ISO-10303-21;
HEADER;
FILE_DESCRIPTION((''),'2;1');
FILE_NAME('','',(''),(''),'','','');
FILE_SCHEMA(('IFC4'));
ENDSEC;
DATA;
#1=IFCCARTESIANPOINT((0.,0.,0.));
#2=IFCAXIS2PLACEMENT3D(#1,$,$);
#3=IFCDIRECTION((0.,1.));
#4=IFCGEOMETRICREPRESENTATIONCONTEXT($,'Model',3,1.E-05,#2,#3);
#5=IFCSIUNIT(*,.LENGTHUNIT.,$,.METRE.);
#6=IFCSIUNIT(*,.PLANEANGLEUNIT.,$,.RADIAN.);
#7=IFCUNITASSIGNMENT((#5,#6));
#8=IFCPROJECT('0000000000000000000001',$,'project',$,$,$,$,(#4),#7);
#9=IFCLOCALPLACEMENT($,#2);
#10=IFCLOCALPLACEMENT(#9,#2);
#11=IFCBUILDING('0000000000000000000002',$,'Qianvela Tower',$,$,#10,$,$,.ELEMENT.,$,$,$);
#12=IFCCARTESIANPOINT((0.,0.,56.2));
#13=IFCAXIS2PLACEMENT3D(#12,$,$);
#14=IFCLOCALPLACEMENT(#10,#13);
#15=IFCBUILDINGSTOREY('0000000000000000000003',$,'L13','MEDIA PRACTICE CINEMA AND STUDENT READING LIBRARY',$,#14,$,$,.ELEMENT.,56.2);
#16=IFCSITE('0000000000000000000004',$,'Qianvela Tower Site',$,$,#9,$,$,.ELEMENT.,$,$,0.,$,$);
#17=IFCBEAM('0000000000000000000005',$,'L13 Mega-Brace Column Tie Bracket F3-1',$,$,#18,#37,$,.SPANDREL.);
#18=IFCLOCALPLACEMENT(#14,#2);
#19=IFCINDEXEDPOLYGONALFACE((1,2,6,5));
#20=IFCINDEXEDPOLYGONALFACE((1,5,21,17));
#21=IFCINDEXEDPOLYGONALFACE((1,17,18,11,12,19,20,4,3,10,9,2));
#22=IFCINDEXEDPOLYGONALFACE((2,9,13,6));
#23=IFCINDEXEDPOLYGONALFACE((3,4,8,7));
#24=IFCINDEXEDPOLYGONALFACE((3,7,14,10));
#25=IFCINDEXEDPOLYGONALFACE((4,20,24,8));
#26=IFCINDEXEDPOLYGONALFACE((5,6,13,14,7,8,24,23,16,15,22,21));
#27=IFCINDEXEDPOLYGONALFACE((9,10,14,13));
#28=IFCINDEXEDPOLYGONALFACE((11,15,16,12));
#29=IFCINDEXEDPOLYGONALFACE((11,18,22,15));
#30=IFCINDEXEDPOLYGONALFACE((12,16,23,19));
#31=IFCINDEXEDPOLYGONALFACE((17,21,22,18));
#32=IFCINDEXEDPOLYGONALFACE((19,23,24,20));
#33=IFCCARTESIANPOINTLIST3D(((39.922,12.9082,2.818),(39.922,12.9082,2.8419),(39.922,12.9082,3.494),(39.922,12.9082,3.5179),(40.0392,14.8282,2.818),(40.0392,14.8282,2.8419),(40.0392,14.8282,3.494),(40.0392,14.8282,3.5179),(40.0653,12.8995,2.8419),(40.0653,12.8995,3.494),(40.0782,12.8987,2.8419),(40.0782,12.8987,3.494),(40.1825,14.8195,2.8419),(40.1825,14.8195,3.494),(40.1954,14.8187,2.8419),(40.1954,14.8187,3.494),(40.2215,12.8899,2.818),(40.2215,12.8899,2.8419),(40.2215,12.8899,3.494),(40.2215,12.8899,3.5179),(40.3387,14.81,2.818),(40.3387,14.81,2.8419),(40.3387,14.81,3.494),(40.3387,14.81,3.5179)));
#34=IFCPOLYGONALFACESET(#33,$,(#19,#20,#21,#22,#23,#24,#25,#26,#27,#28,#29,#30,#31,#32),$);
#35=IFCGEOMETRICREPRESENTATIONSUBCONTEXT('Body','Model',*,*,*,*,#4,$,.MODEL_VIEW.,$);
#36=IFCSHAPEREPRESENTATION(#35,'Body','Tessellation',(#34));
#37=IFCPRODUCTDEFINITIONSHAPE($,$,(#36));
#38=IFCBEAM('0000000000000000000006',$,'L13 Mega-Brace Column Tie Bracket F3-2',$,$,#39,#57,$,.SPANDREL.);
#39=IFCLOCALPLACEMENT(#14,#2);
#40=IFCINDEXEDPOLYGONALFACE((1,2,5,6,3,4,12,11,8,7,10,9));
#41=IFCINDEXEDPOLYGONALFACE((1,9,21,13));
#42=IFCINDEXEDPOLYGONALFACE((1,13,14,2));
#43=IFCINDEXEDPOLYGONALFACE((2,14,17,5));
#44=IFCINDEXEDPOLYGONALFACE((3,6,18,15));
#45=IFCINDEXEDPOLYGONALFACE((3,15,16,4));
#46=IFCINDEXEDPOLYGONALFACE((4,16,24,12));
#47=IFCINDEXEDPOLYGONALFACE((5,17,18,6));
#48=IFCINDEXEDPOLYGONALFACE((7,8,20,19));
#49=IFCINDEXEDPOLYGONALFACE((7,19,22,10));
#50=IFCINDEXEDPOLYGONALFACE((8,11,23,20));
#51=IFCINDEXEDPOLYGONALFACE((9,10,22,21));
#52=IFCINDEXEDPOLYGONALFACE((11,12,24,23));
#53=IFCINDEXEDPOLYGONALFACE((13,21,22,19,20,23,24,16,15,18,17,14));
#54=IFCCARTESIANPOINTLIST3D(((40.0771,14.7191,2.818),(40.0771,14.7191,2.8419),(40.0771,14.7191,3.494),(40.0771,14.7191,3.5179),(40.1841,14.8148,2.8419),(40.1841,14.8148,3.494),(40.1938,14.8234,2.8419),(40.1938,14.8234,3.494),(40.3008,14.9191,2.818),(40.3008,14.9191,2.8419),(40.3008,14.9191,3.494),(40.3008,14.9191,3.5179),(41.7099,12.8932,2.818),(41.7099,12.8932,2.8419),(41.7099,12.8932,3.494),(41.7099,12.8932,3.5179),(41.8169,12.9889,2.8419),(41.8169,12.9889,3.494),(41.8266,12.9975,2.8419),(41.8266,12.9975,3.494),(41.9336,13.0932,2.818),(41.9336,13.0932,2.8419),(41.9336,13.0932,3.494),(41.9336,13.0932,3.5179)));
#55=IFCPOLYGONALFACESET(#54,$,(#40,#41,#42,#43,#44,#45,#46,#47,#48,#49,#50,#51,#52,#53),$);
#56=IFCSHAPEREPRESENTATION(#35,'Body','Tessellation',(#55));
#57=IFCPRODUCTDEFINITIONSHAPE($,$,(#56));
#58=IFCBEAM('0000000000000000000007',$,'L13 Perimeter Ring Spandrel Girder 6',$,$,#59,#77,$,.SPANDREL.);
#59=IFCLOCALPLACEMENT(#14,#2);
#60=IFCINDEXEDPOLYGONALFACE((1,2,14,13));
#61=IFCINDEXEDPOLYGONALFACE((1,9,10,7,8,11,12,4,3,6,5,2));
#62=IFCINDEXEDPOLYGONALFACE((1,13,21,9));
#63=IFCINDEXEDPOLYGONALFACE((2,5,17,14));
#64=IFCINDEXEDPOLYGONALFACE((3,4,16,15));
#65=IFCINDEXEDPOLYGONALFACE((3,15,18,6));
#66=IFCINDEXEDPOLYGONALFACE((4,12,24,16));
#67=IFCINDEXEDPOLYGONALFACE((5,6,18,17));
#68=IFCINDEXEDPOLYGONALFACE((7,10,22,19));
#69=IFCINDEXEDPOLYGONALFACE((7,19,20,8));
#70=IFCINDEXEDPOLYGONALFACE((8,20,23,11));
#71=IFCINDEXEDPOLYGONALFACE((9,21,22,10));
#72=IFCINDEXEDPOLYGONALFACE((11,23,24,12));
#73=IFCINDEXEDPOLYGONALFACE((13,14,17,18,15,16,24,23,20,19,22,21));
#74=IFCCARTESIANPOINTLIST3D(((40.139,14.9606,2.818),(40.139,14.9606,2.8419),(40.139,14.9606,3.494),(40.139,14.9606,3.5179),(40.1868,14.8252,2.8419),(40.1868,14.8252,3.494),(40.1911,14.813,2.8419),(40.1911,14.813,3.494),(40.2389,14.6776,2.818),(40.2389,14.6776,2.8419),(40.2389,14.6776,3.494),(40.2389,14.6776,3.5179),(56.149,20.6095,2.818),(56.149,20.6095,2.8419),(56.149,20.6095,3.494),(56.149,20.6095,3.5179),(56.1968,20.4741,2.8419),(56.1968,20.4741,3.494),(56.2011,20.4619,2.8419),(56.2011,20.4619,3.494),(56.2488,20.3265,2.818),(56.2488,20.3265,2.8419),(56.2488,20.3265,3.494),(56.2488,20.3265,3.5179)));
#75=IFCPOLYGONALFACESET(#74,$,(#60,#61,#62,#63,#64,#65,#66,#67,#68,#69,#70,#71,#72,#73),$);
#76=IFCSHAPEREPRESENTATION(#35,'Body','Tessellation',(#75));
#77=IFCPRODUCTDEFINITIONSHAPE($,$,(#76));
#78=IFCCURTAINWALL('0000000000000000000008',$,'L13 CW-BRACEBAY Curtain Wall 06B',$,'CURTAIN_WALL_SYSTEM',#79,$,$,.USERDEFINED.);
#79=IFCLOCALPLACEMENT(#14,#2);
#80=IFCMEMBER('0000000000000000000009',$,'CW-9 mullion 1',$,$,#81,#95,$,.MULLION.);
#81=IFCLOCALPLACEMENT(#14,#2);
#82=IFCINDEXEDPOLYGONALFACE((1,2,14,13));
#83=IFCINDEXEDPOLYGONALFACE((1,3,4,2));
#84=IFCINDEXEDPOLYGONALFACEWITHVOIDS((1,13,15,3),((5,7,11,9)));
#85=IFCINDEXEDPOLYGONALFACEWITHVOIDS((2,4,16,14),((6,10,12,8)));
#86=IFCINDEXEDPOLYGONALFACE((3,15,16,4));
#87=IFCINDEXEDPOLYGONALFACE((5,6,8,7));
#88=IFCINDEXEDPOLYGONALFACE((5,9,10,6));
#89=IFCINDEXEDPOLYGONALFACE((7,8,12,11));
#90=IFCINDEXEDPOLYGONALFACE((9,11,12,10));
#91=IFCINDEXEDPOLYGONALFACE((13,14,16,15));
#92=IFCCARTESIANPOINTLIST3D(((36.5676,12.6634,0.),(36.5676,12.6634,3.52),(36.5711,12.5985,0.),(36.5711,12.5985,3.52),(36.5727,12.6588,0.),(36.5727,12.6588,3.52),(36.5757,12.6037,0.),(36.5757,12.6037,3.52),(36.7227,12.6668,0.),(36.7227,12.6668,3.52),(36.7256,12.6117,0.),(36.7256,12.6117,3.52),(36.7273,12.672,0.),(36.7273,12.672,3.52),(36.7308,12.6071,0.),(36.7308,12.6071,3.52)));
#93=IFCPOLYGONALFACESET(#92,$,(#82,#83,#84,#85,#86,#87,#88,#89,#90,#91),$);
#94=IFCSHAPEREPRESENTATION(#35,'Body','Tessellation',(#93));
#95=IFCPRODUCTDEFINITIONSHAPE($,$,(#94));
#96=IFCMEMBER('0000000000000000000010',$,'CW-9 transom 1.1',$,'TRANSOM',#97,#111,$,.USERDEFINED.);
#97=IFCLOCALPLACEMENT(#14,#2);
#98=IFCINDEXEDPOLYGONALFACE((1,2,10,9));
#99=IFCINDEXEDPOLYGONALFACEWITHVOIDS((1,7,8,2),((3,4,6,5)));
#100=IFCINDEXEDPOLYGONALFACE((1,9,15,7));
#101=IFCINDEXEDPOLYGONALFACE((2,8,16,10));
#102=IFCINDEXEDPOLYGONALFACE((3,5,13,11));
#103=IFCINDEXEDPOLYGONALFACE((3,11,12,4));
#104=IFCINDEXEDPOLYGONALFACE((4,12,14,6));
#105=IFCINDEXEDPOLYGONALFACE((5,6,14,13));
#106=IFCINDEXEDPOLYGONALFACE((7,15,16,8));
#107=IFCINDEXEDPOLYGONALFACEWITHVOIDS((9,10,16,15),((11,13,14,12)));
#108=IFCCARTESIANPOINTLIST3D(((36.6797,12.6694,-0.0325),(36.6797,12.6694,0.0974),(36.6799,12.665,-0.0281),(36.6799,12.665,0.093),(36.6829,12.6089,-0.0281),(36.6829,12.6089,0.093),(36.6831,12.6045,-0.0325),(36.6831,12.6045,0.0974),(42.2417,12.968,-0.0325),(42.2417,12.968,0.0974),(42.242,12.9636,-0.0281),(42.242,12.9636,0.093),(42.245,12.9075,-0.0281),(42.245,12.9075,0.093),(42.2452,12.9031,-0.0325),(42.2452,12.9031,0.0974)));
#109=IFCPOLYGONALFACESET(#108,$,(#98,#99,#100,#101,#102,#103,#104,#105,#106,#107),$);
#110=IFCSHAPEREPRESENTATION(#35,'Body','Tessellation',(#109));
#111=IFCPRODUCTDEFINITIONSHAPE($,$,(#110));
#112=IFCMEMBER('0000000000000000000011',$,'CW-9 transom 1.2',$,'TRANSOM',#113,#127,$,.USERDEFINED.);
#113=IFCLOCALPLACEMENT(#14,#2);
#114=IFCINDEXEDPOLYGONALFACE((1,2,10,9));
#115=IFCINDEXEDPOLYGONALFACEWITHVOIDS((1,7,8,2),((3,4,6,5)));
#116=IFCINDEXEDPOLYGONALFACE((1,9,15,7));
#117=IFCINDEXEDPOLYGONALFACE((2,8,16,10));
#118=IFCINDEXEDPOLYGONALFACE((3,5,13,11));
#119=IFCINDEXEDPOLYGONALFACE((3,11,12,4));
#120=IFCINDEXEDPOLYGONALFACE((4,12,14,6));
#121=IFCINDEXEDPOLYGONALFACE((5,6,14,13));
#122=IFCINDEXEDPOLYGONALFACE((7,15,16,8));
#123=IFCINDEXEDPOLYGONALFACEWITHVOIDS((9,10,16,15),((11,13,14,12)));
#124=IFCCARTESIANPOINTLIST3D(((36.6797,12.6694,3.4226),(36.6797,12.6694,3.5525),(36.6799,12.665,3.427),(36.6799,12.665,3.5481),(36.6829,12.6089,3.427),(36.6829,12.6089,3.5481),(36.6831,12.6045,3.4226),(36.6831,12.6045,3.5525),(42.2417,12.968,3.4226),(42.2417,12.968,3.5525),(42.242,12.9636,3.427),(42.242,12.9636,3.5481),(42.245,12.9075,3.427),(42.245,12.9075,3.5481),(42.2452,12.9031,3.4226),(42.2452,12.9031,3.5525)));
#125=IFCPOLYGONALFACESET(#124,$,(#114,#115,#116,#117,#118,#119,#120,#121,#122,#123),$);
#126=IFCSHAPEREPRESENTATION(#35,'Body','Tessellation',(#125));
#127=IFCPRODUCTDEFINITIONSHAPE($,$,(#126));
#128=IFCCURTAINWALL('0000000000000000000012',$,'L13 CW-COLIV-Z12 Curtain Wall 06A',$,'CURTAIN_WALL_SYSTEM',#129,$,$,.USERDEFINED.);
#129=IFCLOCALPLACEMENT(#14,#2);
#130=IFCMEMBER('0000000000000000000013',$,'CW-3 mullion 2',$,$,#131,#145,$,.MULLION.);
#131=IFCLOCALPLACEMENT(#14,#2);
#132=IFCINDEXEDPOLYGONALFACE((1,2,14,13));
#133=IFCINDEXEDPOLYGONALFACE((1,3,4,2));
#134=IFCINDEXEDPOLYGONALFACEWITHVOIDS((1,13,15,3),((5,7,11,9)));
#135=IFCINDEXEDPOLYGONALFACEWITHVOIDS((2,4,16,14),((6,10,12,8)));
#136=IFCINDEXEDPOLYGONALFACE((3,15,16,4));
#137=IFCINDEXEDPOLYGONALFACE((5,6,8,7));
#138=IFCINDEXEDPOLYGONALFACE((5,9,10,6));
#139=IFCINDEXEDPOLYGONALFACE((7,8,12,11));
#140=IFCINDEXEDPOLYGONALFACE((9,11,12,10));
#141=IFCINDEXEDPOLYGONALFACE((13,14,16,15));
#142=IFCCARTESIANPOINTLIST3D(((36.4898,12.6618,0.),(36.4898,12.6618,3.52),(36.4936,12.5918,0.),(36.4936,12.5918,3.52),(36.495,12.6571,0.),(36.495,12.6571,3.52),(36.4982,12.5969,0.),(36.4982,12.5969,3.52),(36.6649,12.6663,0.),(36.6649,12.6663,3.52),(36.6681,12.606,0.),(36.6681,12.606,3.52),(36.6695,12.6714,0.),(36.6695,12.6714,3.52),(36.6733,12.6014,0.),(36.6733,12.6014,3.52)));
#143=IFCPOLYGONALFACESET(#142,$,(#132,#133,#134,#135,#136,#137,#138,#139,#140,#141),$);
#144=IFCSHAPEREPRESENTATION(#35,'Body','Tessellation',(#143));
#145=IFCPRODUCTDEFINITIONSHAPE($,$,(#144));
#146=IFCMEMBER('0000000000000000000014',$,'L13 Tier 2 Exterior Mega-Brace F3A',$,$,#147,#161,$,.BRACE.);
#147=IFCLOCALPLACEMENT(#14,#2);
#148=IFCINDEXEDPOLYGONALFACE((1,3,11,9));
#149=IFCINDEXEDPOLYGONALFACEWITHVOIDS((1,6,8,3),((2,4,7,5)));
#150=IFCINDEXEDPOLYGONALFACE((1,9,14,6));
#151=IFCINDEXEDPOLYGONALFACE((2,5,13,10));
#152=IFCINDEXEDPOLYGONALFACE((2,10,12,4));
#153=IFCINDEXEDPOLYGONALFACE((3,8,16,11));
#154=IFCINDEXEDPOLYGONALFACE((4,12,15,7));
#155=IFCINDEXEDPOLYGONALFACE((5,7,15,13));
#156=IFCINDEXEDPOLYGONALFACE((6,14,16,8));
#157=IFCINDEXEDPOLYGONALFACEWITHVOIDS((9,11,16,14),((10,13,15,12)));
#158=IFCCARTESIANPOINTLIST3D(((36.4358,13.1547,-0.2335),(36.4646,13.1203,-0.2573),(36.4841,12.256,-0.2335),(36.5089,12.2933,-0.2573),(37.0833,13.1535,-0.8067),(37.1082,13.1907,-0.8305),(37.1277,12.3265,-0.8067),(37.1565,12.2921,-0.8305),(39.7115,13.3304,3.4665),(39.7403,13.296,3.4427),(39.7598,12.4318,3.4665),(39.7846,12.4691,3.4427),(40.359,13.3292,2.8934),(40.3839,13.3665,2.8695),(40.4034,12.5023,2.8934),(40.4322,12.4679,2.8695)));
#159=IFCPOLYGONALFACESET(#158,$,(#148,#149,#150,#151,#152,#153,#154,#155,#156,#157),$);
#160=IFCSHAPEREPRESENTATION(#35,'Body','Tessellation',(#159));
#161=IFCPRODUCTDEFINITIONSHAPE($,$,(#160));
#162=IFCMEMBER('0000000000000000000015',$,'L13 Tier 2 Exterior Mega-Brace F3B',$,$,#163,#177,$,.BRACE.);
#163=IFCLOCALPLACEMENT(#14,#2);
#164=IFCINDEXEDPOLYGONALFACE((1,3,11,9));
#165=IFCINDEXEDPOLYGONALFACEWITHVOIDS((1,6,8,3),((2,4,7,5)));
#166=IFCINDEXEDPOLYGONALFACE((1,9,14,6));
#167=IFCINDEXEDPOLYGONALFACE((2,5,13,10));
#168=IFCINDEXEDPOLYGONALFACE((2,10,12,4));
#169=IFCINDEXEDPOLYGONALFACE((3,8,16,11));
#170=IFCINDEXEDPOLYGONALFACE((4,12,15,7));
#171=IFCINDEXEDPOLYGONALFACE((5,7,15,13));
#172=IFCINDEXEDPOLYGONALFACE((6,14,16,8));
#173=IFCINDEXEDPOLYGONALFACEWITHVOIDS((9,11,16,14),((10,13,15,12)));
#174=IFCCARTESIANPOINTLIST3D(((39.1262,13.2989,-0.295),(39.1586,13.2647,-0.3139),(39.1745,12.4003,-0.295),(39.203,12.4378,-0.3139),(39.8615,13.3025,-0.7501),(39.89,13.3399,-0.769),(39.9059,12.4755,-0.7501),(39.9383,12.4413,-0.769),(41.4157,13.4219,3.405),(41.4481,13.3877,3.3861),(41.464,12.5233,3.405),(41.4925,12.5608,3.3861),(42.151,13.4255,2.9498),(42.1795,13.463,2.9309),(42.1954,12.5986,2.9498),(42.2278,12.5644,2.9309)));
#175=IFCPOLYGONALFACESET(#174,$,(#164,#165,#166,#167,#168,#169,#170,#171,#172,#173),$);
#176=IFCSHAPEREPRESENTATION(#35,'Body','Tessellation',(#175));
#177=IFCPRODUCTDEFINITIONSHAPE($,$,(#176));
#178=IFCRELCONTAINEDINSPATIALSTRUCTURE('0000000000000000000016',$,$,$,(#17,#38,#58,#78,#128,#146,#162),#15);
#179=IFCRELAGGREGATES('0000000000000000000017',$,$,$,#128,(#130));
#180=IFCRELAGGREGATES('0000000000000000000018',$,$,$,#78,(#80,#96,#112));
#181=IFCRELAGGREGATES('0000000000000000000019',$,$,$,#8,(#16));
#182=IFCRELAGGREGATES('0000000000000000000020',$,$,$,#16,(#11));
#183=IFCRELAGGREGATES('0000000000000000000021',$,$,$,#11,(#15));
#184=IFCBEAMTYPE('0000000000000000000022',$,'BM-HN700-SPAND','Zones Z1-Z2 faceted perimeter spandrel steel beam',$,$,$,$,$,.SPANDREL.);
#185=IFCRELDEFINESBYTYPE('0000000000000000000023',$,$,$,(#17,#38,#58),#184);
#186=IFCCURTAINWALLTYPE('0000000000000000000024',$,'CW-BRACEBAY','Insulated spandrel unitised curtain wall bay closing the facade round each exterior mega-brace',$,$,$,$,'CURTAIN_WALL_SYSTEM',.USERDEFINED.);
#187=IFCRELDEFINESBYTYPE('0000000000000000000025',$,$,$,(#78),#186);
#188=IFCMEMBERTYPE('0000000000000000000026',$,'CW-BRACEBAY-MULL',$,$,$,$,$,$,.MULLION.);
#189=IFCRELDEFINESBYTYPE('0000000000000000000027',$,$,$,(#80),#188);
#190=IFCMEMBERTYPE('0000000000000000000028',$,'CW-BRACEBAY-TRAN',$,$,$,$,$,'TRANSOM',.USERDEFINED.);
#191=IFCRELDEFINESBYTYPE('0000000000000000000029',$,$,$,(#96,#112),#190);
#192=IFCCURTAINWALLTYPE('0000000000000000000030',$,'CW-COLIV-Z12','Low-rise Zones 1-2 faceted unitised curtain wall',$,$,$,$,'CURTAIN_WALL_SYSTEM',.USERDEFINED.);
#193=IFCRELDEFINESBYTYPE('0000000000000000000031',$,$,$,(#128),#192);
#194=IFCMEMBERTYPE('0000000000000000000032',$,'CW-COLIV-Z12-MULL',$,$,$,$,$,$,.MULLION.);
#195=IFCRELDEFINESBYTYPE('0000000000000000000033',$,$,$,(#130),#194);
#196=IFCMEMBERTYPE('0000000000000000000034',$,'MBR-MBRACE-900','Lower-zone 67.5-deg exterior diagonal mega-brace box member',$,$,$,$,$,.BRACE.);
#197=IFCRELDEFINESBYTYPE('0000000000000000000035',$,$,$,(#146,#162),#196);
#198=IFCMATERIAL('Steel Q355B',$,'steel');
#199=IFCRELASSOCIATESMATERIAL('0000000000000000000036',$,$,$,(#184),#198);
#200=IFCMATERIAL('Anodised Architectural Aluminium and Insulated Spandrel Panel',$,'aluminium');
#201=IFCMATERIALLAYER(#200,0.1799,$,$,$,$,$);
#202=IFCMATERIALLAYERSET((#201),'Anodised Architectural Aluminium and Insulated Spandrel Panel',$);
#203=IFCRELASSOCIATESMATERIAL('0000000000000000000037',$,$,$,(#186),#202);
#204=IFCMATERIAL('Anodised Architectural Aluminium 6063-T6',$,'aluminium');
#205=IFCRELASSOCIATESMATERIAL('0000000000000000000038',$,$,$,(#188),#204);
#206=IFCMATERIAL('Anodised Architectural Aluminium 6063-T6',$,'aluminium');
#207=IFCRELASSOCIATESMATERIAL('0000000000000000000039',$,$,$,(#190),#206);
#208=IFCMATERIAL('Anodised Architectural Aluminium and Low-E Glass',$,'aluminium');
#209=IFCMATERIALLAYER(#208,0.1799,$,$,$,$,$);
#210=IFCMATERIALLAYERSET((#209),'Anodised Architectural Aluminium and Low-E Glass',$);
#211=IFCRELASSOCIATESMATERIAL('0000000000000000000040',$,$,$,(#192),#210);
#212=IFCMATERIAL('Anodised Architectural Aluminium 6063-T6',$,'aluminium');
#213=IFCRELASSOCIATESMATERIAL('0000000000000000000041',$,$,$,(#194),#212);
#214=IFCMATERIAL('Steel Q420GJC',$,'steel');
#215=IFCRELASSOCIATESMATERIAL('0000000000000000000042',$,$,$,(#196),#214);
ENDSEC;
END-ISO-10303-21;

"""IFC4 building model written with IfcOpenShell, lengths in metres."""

from ifc_helpers import new_model, si_unit, direction, frame, origin, origin_2d, place, context, subcontext, project, spatial, hollow_rectangle, i_section, extrude, material, layer, layer_set, material_profile, profile_set, type_object, element, aggregate, save


model = new_model("IFC4")

# Units and contexts
model_context = context("Model", 3, precision=1e-05, world=origin(), true_north=direction((0.0, 1.0)))
body_context = subcontext(model_context, "Body", "Model", "MODEL_VIEW")
ifc_project = project(units=[si_unit("LENGTHUNIT", "METRE"), si_unit("PLANEANGLEUNIT", "RADIAN")], contexts=[model_context])

# Site, building, storey
site_placement = place(None, origin())
site = spatial("IfcSite", under=ifc_project, at=site_placement, Name="Qianvela Tower Site", CompositionType="ELEMENT", RefElevation=0.0)
building_placement = place(site_placement, origin())
building = spatial("IfcBuilding", under=site, at=building_placement, Name="Qianvela Tower", CompositionType="ELEMENT")
storey_placement = place(building_placement, frame((0.0, 0.0, 56.2)))
storey = spatial("IfcBuildingStorey", under=building, at=storey_placement, Name="L13", Description="MEDIA PRACTICE CINEMA AND STUDENT READING LIBRARY", CompositionType="ELEMENT", Elevation=56.2)

# Beams
ifc_material_1 = material(Name="Steel Q355B", Category="steel")
ifc_material_profile_1 = material_profile(ifc_material_1, i_section(OverallWidth=0.3, OverallDepth=0.7, WebThickness=0.0129, FlangeThickness=0.0239, at=origin_2d()), Name="HN700x300x13x24")
ifc_profile_set_1 = profile_set([ifc_material_profile_1], Name="Steel Q355B")
beam_type_1 = type_object("IfcBeamType", Name="BM-HN700-SPAND", Description="Zones Z1-Z2 faceted perimeter spandrel steel beam", PredefinedType="SPANDREL", material=ifc_profile_set_1)
beam_1_placement = place(storey_placement, frame((40.189, 14.8191, 3.168), z_axis=(-0.060924, -0.998142, 0.0), x_axis=(0.998142, -0.060924, 0.0)))
element("IfcBeam", 1, at=beam_1_placement, inside=storey, type_object=beam_type_1, Name="L13 Mega-Brace Column Tie Bracket F3-1", PredefinedType="SPANDREL", context=body_context, shape_type="SweptSolid", body=[
    extrude(i_section(OverallWidth=0.3, OverallDepth=0.7, WebThickness=0.0129, FlangeThickness=0.0239, at=origin_2d()), origin(), (0.0, 0.0, 1.0), 1.9236),
])
beam_2_placement = place(storey_placement, frame((40.189, 14.8191, 3.168), z_axis=(0.666588, -0.745426, 0.0), x_axis=(0.745426, 0.666588, 0.0)))
element("IfcBeam", 2, at=beam_2_placement, inside=storey, type_object=beam_type_1, Name="L13 Mega-Brace Column Tie Bracket F3-2", PredefinedType="SPANDREL", context=body_context, shape_type="SweptSolid", body=[
    extrude(i_section(OverallWidth=0.3, OverallDepth=0.7, WebThickness=0.0129, FlangeThickness=0.0239, at=origin_2d()), origin(), (0.0, 0.0, 1.0), 2.4495),
])
beam_3_placement = place(storey_placement, frame((40.189, 14.8191, 3.168), z_axis=(0.943021, 0.332733, 0.0), x_axis=(-0.332733, 0.943021, 0.0)))
element("IfcBeam", 3, at=beam_3_placement, inside=storey, type_object=beam_type_1, Name="L13 Perimeter Ring Spandrel Girder 6", PredefinedType="SPANDREL", context=body_context, shape_type="SweptSolid", body=[
    extrude(i_section(OverallWidth=0.3, OverallDepth=0.7, WebThickness=0.0129, FlangeThickness=0.0239, at=origin_2d()), origin(), (0.0, 0.0, 1.0), 16.9773),
])

# Curtain wall, members
ifc_material_2 = material(Name="Anodised Architectural Aluminium and Insulated Spandrel Panel", Category="aluminium")
ifc_layer_1 = layer(ifc_material_2, 0.1799)
ifc_layer_set_1 = layer_set([ifc_layer_1], Name="Anodised Architectural Aluminium and Insulated Spandrel Panel")
curtain_wall_type_1 = type_object("IfcCurtainWallType", Name="CW-BRACEBAY", Description="Insulated spandrel unitised curtain wall bay closing the facade round each exterior mega-brace", ElementType="CURTAIN_WALL_SYSTEM", PredefinedType="USERDEFINED", material=ifc_layer_set_1)
curtain_wall_1_placement = place(storey_placement, origin())
curtain_wall_1 = element("IfcCurtainWall", 4, at=curtain_wall_1_placement, inside=storey, type_object=curtain_wall_type_1, Name="L13 CW-BRACEBAY Curtain Wall 06B", ObjectType="CURTAIN_WALL_SYSTEM", PredefinedType="USERDEFINED")
ifc_material_3 = material(Name="Anodised Architectural Aluminium 6063-T6", Category="aluminium")
ifc_material_profile_2 = material_profile(ifc_material_3, hollow_rectangle(XDim=0.0649, YDim=0.1599, WallThickness=0.0049, at=origin_2d()), Name="ALU-MULL-65x160")
ifc_profile_set_2 = profile_set([ifc_material_profile_2], Name="Anodised Architectural Aluminium 6063-T6")
member_type_1 = type_object("IfcMemberType", Name="CW-BRACEBAY-MULL", PredefinedType="MULLION", material=ifc_profile_set_2)
member_1_placement = place(storey_placement, frame((36.6492, 12.6353, 0.0), z_axis=(0.0, 0.0, 1.0), x_axis=(-0.053614, 0.998562, 0.0)))
member_1 = element("IfcMember", 5, at=member_1_placement, type_object=member_type_1, Name="CW-9 mullion 1", PredefinedType="MULLION", context=body_context, shape_type="SweptSolid", body=[
    extrude(hollow_rectangle(XDim=0.0649, YDim=0.1599, WallThickness=0.0049, at=origin_2d()), origin(), (0.0, 0.0, 1.0), 3.52),
])
ifc_material_4 = material(Name="Anodised Architectural Aluminium 6063-T6", Category="aluminium")
ifc_material_profile_3 = material_profile(ifc_material_4, hollow_rectangle(XDim=0.0649, YDim=0.1299, WallThickness=0.0044, at=origin_2d()), Name="ALU-TRAN-65x130")
ifc_profile_set_3 = profile_set([ifc_material_profile_3], Name="Anodised Architectural Aluminium 6063-T6")
member_type_2 = type_object("IfcMemberType", Name="CW-BRACEBAY-TRAN", ElementType="TRANSOM", PredefinedType="USERDEFINED", material=ifc_profile_set_3)
member_2_placement = place(storey_placement, frame((36.6814, 12.637, 0.0325), z_axis=(0.998562, 0.053606, 0.0), x_axis=(-0.053606, 0.998562, 0.0)))
member_2 = element("IfcMember", 6, at=member_2_placement, type_object=member_type_2, Name="CW-9 transom 1.1", ObjectType="TRANSOM", PredefinedType="USERDEFINED", context=body_context, shape_type="SweptSolid", body=[
    extrude(hollow_rectangle(XDim=0.0649, YDim=0.1299, WallThickness=0.0044, at=origin_2d()), origin(), (0.0, 0.0, 1.0), 5.5701),
])
member_3_placement = place(storey_placement, frame((36.6814, 12.637, 3.4875), z_axis=(0.998562, 0.053606, 0.0), x_axis=(-0.053606, 0.998562, 0.0)))
member_3 = element("IfcMember", 7, at=member_3_placement, type_object=member_type_2, Name="CW-9 transom 1.2", ObjectType="TRANSOM", PredefinedType="USERDEFINED", context=body_context, shape_type="SweptSolid", body=[
    extrude(hollow_rectangle(XDim=0.0649, YDim=0.1299, WallThickness=0.0044, at=origin_2d()), origin(), (0.0, 0.0, 1.0), 5.5701),
])

# Curtain wall, member
ifc_material_5 = material(Name="Anodised Architectural Aluminium and Low-E Glass", Category="aluminium")
ifc_layer_2 = layer(ifc_material_5, 0.1799)
ifc_layer_set_2 = layer_set([ifc_layer_2], Name="Anodised Architectural Aluminium and Low-E Glass")
curtain_wall_type_2 = type_object("IfcCurtainWallType", Name="CW-COLIV-Z12", Description="Low-rise Zones 1-2 faceted unitised curtain wall", ElementType="CURTAIN_WALL_SYSTEM", PredefinedType="USERDEFINED", material=ifc_layer_set_2)
curtain_wall_2_placement = place(storey_placement, origin())
curtain_wall_2 = element("IfcCurtainWall", 8, at=curtain_wall_2_placement, inside=storey, type_object=curtain_wall_type_2, Name="L13 CW-COLIV-Z12 Curtain Wall 06A", ObjectType="CURTAIN_WALL_SYSTEM", PredefinedType="USERDEFINED")
ifc_material_6 = material(Name="Anodised Architectural Aluminium 6063-T6", Category="aluminium")
ifc_material_profile_4 = material_profile(ifc_material_6, hollow_rectangle(XDim=0.0701, YDim=0.1799, WallThickness=0.0049, at=origin_2d()), Name="ALU-MULL-70x180")
ifc_profile_set_4 = profile_set([ifc_material_profile_4], Name="Anodised Architectural Aluminium 6063-T6")
member_type_3 = type_object("IfcMemberType", Name="CW-COLIV-Z12-MULL", PredefinedType="MULLION", material=ifc_profile_set_4)
member_4_placement = place(storey_placement, frame((36.5815, 12.6316, 0.0), z_axis=(0.0, 0.0, 1.0), x_axis=(-0.053603, 0.998562, 0.0)))
member_4 = element("IfcMember", 9, at=member_4_placement, type_object=member_type_3, Name="CW-3 mullion 2", PredefinedType="MULLION", context=body_context, shape_type="SweptSolid", body=[
    extrude(hollow_rectangle(XDim=0.0701, YDim=0.1799, WallThickness=0.0049, at=origin_2d()), origin(), (0.0, 0.0, 1.0), 3.52),
])
aggregate(curtain_wall_2, [member_4])

# Members
ifc_material_7 = material(Name="Steel Q420GJC", Category="steel")
ifc_material_profile_5 = material_profile(ifc_material_7, hollow_rectangle(XDim=0.8999, YDim=0.8999, WallThickness=0.0359, at=origin_2d()), Name="MBOX-900x900x36")
ifc_profile_set_5 = profile_set([ifc_material_profile_5], Name="Steel Q420GJC")
member_type_4 = type_object("IfcMemberType", Name="MBR-MBRACE-900", Description="Lower-zone 67.5-deg exterior diagonal mega-brace box member", PredefinedType="BRACE", material=ifc_profile_set_5)
member_5_placement = place(storey_placement, frame((36.7961, 12.7234, -0.532), z_axis=(0.66245, 0.035549, 0.748262), x_axis=(-0.053586, 0.998563, 0.0)))
element("IfcMember", 10, at=member_5_placement, inside=storey, type_object=member_type_4, Name="L13 Tier 2 Exterior Mega-Brace F3A", PredefinedType="BRACE", context=body_context, shape_type="SweptSolid", body=[
    extrude(hollow_rectangle(XDim=0.8999, YDim=0.8999, WallThickness=0.0359, at=origin_2d()), origin(), (0.0, 0.0, 1.0), 4.9448),
])
member_6_placement = place(storey_placement, frame((39.5322, 12.8701, -0.532), z_axis=(0.525996, 0.028268, 0.850017), x_axis=(-0.053665, 0.998559, 0.0)))
element("IfcMember", 11, at=member_6_placement, inside=storey, type_object=member_type_4, Name="L13 Tier 2 Exterior Mega-Brace F3B", PredefinedType="BRACE", context=body_context, shape_type="SweptSolid", body=[
    extrude(hollow_rectangle(XDim=0.8999, YDim=0.8999, WallThickness=0.0359, at=origin_2d()), origin(), (0.0, 0.0, 1.0), 4.3528),
])

aggregate(curtain_wall_1, [member_1, member_2, member_3])

save(model, "model.ifc")
